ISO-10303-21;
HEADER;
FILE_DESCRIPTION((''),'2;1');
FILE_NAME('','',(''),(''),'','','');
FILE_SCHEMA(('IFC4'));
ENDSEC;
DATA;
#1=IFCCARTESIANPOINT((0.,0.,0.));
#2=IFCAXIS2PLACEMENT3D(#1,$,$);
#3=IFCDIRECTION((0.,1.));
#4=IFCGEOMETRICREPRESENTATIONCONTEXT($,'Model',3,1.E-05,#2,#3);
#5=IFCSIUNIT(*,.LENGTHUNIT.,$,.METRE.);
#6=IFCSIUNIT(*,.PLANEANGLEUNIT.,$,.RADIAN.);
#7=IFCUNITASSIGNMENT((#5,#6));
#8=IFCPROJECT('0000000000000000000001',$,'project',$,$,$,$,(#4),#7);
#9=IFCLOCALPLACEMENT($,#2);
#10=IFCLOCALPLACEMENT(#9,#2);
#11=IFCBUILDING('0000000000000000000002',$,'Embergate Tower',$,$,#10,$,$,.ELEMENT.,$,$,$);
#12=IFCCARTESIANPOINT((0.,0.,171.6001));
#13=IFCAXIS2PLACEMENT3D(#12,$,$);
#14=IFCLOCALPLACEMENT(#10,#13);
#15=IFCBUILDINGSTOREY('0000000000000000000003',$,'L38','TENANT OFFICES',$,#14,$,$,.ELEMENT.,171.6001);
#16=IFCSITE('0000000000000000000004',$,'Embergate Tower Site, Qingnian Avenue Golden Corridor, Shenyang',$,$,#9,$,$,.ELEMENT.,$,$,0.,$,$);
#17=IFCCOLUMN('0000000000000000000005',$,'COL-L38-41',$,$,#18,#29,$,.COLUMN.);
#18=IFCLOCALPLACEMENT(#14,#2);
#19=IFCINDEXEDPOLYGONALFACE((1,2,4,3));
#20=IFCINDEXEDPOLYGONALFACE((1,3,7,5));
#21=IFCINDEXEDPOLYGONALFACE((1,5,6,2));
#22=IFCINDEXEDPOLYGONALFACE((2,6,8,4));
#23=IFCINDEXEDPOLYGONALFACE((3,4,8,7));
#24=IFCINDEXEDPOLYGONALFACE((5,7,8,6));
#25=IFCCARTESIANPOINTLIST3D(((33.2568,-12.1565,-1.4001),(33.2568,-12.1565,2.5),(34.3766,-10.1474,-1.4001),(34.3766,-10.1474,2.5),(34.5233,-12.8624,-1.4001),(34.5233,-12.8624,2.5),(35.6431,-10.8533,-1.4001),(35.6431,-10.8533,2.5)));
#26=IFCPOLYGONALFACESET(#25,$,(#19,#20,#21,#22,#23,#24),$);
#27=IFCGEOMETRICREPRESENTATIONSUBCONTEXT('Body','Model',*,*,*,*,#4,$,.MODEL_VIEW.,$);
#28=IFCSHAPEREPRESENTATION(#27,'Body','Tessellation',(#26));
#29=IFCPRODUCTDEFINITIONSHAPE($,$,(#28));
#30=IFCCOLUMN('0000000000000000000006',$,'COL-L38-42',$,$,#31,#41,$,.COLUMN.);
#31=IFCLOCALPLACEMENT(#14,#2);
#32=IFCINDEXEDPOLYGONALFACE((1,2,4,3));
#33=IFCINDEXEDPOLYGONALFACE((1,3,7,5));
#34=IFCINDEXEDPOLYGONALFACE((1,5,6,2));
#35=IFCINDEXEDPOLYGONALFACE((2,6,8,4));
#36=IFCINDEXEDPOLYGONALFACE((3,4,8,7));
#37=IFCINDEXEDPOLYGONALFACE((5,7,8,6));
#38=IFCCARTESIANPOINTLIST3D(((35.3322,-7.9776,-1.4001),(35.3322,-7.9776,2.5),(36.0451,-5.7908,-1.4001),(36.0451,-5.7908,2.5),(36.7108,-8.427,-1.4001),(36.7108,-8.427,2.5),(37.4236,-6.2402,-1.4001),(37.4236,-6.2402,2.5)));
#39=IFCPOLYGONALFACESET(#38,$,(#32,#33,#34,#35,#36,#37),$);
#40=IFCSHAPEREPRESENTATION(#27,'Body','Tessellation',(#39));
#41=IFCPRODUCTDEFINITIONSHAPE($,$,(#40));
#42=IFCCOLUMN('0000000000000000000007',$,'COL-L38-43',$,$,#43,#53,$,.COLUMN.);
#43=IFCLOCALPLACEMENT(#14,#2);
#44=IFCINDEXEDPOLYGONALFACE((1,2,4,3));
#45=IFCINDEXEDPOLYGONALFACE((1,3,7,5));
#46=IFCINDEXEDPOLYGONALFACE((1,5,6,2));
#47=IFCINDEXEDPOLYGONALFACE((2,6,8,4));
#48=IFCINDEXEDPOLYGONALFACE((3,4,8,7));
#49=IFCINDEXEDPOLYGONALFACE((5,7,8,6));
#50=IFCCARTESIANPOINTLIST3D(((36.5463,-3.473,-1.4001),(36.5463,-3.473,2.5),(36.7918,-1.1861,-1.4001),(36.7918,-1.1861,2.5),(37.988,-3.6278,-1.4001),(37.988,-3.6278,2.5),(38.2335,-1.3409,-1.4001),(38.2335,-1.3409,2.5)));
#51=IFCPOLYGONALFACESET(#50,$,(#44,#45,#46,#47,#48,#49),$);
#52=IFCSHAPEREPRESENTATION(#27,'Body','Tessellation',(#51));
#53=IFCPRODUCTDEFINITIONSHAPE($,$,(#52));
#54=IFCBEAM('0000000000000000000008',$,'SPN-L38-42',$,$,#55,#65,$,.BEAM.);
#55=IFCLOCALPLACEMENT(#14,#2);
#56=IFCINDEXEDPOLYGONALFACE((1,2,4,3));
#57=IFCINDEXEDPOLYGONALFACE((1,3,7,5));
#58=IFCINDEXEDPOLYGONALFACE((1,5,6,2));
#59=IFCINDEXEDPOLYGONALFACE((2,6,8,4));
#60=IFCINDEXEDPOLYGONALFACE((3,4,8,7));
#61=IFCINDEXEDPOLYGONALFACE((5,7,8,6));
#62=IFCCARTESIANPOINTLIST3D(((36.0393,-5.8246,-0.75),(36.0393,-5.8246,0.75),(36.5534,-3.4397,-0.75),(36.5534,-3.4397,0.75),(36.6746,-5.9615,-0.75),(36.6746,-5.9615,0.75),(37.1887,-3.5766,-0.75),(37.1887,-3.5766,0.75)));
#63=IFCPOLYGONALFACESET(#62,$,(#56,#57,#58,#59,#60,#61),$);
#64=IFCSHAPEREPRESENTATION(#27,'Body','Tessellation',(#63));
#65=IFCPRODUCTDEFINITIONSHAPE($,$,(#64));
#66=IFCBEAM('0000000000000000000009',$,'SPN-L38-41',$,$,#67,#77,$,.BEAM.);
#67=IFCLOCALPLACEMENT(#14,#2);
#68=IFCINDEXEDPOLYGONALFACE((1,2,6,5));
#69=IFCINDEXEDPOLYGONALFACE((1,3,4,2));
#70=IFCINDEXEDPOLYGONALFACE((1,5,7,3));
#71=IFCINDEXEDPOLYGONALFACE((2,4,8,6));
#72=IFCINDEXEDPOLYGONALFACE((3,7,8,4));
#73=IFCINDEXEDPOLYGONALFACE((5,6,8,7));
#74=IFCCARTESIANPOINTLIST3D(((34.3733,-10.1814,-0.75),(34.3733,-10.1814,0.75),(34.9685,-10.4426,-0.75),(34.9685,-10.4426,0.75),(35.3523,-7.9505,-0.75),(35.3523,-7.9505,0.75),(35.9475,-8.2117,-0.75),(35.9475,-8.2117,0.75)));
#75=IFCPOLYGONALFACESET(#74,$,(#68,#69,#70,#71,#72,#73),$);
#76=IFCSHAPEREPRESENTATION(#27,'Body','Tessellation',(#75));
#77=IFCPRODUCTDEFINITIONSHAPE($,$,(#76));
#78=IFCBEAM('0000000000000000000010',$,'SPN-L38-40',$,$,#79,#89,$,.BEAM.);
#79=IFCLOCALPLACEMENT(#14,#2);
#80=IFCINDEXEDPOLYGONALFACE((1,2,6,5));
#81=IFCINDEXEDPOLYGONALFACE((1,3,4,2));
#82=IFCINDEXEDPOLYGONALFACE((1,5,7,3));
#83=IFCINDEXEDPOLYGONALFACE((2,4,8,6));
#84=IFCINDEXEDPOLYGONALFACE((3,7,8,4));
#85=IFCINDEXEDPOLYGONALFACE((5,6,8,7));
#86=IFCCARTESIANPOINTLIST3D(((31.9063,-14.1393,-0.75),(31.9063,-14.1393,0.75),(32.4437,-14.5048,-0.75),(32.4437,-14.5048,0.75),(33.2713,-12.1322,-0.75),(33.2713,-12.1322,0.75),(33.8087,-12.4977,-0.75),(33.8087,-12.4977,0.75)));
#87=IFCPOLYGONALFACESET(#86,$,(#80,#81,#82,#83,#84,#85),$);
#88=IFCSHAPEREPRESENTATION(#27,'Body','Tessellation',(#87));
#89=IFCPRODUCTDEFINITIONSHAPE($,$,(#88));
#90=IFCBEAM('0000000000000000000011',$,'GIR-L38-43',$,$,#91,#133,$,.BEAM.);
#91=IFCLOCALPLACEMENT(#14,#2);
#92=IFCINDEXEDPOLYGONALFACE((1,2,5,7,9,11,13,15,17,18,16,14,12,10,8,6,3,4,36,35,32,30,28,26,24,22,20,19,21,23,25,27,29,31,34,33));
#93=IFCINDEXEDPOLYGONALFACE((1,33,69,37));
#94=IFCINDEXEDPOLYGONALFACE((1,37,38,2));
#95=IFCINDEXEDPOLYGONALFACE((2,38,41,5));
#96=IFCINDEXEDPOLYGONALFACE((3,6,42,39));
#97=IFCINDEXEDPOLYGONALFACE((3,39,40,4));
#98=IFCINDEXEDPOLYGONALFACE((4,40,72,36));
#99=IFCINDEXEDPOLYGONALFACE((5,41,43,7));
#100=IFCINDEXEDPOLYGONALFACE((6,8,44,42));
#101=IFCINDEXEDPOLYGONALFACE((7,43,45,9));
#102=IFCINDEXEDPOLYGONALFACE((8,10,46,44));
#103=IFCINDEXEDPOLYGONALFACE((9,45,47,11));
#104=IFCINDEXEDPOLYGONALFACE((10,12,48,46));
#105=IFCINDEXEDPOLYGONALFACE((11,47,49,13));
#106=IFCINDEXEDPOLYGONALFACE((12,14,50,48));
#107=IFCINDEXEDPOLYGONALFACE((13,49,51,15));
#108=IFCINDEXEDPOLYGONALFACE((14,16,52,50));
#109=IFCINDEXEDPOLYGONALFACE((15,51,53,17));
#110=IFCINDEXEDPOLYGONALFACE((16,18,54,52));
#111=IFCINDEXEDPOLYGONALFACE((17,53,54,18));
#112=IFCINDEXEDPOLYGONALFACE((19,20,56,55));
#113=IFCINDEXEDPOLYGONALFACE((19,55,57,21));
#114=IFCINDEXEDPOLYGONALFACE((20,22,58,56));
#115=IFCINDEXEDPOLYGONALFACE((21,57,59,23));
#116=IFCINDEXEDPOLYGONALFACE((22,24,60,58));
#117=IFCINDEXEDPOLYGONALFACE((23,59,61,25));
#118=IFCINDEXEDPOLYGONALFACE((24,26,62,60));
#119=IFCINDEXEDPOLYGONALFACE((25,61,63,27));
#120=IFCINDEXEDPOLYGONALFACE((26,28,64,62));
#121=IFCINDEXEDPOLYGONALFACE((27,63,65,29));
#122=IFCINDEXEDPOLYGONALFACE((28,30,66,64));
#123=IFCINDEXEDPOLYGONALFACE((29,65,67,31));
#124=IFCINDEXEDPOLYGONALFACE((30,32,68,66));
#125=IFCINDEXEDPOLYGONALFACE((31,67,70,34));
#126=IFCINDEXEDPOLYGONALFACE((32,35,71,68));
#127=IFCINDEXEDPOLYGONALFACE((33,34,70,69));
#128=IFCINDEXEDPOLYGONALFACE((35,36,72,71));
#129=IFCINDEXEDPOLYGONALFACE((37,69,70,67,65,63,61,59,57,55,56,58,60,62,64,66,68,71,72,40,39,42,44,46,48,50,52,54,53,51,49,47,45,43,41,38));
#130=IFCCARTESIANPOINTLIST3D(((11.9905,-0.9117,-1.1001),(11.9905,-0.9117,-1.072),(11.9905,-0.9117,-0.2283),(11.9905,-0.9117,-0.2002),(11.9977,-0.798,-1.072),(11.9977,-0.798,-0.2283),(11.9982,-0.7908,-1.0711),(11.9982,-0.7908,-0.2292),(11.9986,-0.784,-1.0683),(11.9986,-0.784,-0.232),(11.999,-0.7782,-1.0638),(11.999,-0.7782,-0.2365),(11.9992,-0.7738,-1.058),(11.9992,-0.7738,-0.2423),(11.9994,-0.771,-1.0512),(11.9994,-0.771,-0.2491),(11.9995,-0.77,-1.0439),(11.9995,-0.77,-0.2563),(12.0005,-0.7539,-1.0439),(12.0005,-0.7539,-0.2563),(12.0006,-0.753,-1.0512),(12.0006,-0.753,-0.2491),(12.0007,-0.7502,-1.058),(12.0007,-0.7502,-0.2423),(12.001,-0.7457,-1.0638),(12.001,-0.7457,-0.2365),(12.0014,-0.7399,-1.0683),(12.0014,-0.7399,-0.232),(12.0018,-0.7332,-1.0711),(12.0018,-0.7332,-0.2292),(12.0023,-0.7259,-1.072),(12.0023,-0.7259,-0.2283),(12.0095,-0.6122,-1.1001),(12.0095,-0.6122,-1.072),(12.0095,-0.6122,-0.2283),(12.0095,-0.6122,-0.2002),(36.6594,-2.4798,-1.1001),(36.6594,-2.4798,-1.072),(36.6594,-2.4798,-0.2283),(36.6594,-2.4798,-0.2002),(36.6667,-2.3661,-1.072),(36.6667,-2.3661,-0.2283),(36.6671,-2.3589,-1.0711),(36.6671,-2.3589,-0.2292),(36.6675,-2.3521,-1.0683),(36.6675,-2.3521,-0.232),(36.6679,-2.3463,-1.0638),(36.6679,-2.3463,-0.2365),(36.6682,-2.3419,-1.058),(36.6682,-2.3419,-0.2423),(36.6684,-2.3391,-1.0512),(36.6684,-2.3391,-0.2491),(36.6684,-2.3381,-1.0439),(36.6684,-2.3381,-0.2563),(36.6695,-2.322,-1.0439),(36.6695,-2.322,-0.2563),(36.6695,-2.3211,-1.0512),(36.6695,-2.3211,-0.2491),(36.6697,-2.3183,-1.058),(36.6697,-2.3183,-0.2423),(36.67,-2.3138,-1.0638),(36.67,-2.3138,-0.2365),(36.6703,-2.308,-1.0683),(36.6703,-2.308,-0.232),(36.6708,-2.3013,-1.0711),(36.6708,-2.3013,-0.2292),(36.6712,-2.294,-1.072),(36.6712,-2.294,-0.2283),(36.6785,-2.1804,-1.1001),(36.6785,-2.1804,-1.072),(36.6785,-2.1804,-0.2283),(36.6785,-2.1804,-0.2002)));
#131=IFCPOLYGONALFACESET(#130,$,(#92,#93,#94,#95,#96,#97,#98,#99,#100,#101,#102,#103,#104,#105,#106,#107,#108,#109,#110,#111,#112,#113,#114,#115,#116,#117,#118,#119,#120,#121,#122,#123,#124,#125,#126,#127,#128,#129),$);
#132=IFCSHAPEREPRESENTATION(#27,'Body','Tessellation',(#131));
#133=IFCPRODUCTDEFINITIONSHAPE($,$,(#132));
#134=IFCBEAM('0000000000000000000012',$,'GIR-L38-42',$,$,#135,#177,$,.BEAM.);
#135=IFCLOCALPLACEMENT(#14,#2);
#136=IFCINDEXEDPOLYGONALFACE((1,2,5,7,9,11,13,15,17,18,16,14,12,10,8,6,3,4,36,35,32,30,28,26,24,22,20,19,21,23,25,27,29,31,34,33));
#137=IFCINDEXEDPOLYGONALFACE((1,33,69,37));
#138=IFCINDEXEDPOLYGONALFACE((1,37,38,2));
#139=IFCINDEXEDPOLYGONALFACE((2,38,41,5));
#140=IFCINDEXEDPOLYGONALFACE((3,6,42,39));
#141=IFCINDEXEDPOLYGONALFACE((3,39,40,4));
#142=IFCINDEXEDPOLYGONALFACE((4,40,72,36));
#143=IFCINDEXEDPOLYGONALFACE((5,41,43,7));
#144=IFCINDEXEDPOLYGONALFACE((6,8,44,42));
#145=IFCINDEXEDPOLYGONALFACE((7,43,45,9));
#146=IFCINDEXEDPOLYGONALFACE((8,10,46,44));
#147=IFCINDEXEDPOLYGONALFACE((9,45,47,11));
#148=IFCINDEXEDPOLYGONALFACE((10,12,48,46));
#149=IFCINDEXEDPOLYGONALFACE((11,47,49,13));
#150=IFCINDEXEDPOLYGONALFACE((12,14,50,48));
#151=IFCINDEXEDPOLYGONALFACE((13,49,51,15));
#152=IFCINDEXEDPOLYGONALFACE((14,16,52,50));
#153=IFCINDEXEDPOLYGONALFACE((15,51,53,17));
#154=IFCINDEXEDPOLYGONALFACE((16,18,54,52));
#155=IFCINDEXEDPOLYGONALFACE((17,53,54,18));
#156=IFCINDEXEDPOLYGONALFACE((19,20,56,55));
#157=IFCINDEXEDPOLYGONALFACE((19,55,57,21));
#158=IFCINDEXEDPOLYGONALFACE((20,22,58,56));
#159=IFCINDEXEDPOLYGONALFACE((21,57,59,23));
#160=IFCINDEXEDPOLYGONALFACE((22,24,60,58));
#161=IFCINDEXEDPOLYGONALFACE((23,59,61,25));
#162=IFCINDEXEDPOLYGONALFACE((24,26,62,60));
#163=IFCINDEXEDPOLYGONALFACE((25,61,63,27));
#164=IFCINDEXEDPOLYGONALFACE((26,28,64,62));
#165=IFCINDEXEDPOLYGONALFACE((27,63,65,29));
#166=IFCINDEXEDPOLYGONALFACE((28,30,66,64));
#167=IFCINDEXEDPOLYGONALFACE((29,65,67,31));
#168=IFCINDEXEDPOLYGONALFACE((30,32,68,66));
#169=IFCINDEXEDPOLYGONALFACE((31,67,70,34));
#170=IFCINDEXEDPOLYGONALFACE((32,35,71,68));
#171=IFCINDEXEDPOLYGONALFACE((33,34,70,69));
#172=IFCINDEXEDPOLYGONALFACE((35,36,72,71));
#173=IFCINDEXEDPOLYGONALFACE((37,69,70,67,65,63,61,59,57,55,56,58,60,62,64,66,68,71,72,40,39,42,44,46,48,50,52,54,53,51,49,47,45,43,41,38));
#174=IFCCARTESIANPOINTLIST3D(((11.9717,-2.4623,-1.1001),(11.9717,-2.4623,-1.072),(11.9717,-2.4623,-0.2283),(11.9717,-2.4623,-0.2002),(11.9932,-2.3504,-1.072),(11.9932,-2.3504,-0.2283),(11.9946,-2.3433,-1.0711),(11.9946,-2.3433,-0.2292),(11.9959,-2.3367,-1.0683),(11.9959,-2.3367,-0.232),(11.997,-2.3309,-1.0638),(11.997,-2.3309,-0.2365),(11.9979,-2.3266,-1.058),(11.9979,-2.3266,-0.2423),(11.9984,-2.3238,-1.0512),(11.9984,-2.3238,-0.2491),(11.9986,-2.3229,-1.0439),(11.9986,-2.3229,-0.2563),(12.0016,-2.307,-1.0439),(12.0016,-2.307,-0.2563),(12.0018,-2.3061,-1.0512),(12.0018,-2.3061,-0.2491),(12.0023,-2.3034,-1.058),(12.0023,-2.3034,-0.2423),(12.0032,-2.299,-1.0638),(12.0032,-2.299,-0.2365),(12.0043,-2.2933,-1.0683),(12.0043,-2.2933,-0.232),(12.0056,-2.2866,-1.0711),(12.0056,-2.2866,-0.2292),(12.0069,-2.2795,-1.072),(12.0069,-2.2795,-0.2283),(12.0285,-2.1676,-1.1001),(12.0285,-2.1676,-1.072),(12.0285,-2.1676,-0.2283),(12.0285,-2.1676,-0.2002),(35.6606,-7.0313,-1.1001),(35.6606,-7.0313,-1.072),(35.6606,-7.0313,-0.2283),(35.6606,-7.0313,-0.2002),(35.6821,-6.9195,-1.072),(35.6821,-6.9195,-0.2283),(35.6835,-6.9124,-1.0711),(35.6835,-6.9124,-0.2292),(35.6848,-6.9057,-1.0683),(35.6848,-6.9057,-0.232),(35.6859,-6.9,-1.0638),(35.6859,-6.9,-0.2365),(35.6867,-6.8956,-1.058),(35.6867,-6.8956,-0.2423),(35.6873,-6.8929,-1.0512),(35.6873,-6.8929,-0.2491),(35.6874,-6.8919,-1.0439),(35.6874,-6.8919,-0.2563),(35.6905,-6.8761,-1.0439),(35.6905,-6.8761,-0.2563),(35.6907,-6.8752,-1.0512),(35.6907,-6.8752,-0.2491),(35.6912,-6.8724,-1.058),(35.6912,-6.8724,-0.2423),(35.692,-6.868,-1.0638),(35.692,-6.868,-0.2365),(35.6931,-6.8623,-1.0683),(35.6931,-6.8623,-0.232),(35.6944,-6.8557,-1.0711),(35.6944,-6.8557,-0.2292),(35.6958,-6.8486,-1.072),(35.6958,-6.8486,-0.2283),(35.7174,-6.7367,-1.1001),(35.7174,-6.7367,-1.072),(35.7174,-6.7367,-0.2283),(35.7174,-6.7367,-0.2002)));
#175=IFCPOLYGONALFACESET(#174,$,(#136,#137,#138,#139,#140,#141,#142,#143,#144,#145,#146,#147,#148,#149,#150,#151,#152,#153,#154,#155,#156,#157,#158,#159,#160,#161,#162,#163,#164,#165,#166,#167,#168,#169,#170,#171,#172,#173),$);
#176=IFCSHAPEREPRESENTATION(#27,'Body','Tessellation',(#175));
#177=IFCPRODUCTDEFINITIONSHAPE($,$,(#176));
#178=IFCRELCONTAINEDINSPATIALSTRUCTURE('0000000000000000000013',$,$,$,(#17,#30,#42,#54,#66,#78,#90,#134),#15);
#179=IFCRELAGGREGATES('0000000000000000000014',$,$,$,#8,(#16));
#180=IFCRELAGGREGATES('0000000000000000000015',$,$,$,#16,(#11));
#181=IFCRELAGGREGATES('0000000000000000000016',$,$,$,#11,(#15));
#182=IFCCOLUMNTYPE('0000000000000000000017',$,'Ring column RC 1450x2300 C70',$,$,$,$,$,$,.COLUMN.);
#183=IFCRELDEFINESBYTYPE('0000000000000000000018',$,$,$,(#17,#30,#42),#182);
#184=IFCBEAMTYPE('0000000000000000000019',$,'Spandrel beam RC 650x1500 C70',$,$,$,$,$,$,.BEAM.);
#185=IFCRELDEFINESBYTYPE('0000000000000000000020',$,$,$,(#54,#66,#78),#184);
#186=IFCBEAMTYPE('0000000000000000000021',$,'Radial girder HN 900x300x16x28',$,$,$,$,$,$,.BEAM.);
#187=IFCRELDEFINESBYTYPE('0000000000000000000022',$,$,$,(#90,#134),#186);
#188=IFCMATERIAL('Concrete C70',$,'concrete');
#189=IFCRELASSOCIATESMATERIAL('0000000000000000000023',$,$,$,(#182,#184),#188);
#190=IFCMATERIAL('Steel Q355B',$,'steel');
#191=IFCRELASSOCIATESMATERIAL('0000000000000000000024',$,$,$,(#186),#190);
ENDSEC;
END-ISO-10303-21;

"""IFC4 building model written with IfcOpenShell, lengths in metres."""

from ifc_helpers import new_model, si_unit, direction, frame, origin, origin_2d, place, context, subcontext, project, spatial, rectangle, i_section, extrude, source, transform, mapped, material, material_profile, profile_set, type_object, element, save


model = new_model("IFC4")

# Units and contexts
model_context = context("Model", 3, precision=1e-05, world=origin(), true_north=direction((0.0, 1.0)))
body_context = subcontext(model_context, "Body", "Model", "MODEL_VIEW")
ifc_project = project(units=[si_unit("LENGTHUNIT", "METRE"), si_unit("PLANEANGLEUNIT", "RADIAN")], contexts=[model_context])

# Site, building, storey
site_placement = place(None, origin())
site = spatial("IfcSite", under=ifc_project, at=site_placement, Name="Embergate Tower Site, Qingnian Avenue Golden Corridor, Shenyang", CompositionType="ELEMENT", RefElevation=0.0)
building_placement = place(site_placement, origin())
building = spatial("IfcBuilding", under=site, at=building_placement, Name="Embergate Tower", CompositionType="ELEMENT")
storey_placement = place(building_placement, frame((0.0, 0.0, 171.6001)))
storey = spatial("IfcBuildingStorey", under=building, at=storey_placement, Name="L38", Description="TENANT OFFICES", CompositionType="ELEMENT", Elevation=171.6001)

# Columns
ifc_material_1 = material(Name="Concrete C70", Category="concrete")
ifc_material_profile_1 = material_profile(ifc_material_1, rectangle(XDim=1.45, YDim=2.3, at=origin_2d()), Name="RC 1450x2300")
ifc_profile_set_1 = profile_set([ifc_material_profile_1], Name="Concrete C70")
column_type = type_object("IfcColumnType", Name="Ring column RC 1450x2300 C70", PredefinedType="COLUMN", material=ifc_profile_set_1)
shared_shape_1 = source(origin(), body_context, "Body", "SweptSolid", [
    extrude(rectangle(XDim=1.45, YDim=2.3, at=origin_2d()), origin(), (0.0, 0.0, 1.0), 3.9001),
])
for number, where, z_axis, x_axis, name in (
    (1, (34.45, -11.5049, -1.4001), (0.0, 0.0, 1.0), (0.873492, -0.486839, 0.0), "COL-L38-41"),
    (2, (36.3779, -7.1089, -1.4001), (0.0, 0.0, 1.0), (0.950754, -0.309946, 0.0), "COL-L38-42"),
    (3, (37.3899, -2.407, -1.4001), (0.0, 0.0, 1.0), (0.994286, -0.10675, 0.0), "COL-L38-43"),
):
    element("IfcColumn", number, at=place(storey_placement, frame(where, z_axis=z_axis, x_axis=x_axis)), inside=storey, type_object=column_type, Name=name, PredefinedType="COLUMN", context=body_context, shape_type="MappedRepresentation", body=[
        mapped(shared_shape_1, transform((0.0, 0.0, 0.0))),
    ])

# Beams
ifc_material_profile_2 = material_profile(ifc_material_1, rectangle(XDim=0.6499, YDim=1.5, at=origin_2d()), Name="RC 650x1500")
ifc_profile_set_2 = profile_set([ifc_material_profile_2], Name="Concrete C70")
beam_type_1 = type_object("IfcBeamType", Name="Spandrel beam RC 650x1500 C70", PredefinedType="BEAM", material=ifc_profile_set_2)
shared_shape_2 = source(origin(), body_context, "Body", "SweptSolid", [
    extrude(rectangle(XDim=0.6499, YDim=1.5, at=origin_2d()), origin(), (0.0, 0.0, 1.0), 2.4397),
])
beam_1_placement = place(storey_placement, frame((36.3569, -5.8931, 0.0), z_axis=(0.210739, 0.977542, 0.0), x_axis=(-0.977542, 0.210739, 0.0)))
element("IfcBeam", 4, at=beam_1_placement, inside=storey, type_object=beam_type_1, Name="SPN-L38-42", PredefinedType="BEAM", context=body_context, shape_type="MappedRepresentation", body=[
    mapped(shared_shape_2, transform((0.0, 0.0, 0.0))),
])
shared_shape_3 = source(origin(), body_context, "Body", "SweptSolid", [
    extrude(rectangle(XDim=0.6499, YDim=1.5, at=origin_2d()), origin(), (0.0, 0.0, 1.0), 2.4363),
])
beam_2_placement = place(storey_placement, frame((34.6709, -10.312, 0.0), z_axis=(0.401838, 0.915711, 0.0), x_axis=(-0.915711, 0.401838, 0.0)))
element("IfcBeam", 5, at=beam_2_placement, inside=storey, type_object=beam_type_1, Name="SPN-L38-41", PredefinedType="BEAM", context=body_context, shape_type="MappedRepresentation", body=[
    mapped(shared_shape_3, transform((0.0, 0.0, 0.0))),
])
shared_shape_4 = source(origin(), body_context, "Body", "SweptSolid", [
    extrude(rectangle(XDim=0.6499, YDim=1.5, at=origin_2d()), origin(), (0.0, 0.0, 1.0), 2.4272),
])
beam_3_placement = place(storey_placement, frame((32.175, -14.322, 0.0), z_axis=(0.56236, 0.826893, 0.0), x_axis=(-0.826893, 0.56236, 0.0)))
element("IfcBeam", 6, at=beam_3_placement, inside=storey, type_object=beam_type_1, Name="SPN-L38-40", PredefinedType="BEAM", context=body_context, shape_type="MappedRepresentation", body=[
    mapped(shared_shape_4, transform((0.0, 0.0, 0.0))),
])
ifc_material_2 = material(Name="Steel Q355B", Category="steel")
ifc_material_profile_3 = material_profile(ifc_material_2, i_section(OverallWidth=0.3, OverallDepth=0.8999, WebThickness=0.0161, FlangeThickness=0.0281, FilletRadius=0.0281, at=origin_2d()), Name="HN 900x300x16x28")
ifc_profile_set_3 = profile_set([ifc_material_profile_3], Name="Steel Q355 grade B")
beam_type_2 = type_object("IfcBeamType", Name="Radial girder HN 900x300x16x28", PredefinedType="BEAM", material=ifc_profile_set_3)
shared_shape_5 = source(origin(), body_context, "Body", "SweptSolid", [
    extrude(i_section(OverallWidth=0.3, OverallDepth=0.8999, WebThickness=0.0161, FlangeThickness=0.0281, FilletRadius=0.0281, at=origin_2d()), origin(), (0.0, 0.0, 1.0), 24.7188),
])
beam_4_placement = place(storey_placement, frame((36.6689, -2.3301, -0.6501), z_axis=(-0.997986, 0.063438, 0.0), x_axis=(-0.063438, -0.997986, 0.0)))
element("IfcBeam", 7, at=beam_4_placement, inside=storey, type_object=beam_type_2, Name="GIR-L38-43", PredefinedType="BEAM", context=body_context, shape_type="MappedRepresentation", body=[
    mapped(shared_shape_5, transform((0.0, 0.0, 0.0))),
])
shared_shape_6 = source(origin(), body_context, "Body", "SweptSolid", [
    extrude(i_section(OverallWidth=0.3, OverallDepth=0.8999, WebThickness=0.0161, FlangeThickness=0.0281, FilletRadius=0.0281, at=origin_2d()), origin(), (0.0, 0.0, 1.0), 24.1255),
])
beam_5_placement = place(storey_placement, frame((35.689, -6.884, -0.6501), z_axis=(-0.981902, 0.189388, 0.0), x_axis=(-0.189388, -0.981902, 0.0)))
element("IfcBeam", 8, at=beam_5_placement, inside=storey, type_object=beam_type_2, Name="GIR-L38-42", PredefinedType="BEAM", context=body_context, shape_type="MappedRepresentation", body=[
    mapped(shared_shape_6, transform((0.0, 0.0, 0.0))),
])

save(model, "model.ifc")
